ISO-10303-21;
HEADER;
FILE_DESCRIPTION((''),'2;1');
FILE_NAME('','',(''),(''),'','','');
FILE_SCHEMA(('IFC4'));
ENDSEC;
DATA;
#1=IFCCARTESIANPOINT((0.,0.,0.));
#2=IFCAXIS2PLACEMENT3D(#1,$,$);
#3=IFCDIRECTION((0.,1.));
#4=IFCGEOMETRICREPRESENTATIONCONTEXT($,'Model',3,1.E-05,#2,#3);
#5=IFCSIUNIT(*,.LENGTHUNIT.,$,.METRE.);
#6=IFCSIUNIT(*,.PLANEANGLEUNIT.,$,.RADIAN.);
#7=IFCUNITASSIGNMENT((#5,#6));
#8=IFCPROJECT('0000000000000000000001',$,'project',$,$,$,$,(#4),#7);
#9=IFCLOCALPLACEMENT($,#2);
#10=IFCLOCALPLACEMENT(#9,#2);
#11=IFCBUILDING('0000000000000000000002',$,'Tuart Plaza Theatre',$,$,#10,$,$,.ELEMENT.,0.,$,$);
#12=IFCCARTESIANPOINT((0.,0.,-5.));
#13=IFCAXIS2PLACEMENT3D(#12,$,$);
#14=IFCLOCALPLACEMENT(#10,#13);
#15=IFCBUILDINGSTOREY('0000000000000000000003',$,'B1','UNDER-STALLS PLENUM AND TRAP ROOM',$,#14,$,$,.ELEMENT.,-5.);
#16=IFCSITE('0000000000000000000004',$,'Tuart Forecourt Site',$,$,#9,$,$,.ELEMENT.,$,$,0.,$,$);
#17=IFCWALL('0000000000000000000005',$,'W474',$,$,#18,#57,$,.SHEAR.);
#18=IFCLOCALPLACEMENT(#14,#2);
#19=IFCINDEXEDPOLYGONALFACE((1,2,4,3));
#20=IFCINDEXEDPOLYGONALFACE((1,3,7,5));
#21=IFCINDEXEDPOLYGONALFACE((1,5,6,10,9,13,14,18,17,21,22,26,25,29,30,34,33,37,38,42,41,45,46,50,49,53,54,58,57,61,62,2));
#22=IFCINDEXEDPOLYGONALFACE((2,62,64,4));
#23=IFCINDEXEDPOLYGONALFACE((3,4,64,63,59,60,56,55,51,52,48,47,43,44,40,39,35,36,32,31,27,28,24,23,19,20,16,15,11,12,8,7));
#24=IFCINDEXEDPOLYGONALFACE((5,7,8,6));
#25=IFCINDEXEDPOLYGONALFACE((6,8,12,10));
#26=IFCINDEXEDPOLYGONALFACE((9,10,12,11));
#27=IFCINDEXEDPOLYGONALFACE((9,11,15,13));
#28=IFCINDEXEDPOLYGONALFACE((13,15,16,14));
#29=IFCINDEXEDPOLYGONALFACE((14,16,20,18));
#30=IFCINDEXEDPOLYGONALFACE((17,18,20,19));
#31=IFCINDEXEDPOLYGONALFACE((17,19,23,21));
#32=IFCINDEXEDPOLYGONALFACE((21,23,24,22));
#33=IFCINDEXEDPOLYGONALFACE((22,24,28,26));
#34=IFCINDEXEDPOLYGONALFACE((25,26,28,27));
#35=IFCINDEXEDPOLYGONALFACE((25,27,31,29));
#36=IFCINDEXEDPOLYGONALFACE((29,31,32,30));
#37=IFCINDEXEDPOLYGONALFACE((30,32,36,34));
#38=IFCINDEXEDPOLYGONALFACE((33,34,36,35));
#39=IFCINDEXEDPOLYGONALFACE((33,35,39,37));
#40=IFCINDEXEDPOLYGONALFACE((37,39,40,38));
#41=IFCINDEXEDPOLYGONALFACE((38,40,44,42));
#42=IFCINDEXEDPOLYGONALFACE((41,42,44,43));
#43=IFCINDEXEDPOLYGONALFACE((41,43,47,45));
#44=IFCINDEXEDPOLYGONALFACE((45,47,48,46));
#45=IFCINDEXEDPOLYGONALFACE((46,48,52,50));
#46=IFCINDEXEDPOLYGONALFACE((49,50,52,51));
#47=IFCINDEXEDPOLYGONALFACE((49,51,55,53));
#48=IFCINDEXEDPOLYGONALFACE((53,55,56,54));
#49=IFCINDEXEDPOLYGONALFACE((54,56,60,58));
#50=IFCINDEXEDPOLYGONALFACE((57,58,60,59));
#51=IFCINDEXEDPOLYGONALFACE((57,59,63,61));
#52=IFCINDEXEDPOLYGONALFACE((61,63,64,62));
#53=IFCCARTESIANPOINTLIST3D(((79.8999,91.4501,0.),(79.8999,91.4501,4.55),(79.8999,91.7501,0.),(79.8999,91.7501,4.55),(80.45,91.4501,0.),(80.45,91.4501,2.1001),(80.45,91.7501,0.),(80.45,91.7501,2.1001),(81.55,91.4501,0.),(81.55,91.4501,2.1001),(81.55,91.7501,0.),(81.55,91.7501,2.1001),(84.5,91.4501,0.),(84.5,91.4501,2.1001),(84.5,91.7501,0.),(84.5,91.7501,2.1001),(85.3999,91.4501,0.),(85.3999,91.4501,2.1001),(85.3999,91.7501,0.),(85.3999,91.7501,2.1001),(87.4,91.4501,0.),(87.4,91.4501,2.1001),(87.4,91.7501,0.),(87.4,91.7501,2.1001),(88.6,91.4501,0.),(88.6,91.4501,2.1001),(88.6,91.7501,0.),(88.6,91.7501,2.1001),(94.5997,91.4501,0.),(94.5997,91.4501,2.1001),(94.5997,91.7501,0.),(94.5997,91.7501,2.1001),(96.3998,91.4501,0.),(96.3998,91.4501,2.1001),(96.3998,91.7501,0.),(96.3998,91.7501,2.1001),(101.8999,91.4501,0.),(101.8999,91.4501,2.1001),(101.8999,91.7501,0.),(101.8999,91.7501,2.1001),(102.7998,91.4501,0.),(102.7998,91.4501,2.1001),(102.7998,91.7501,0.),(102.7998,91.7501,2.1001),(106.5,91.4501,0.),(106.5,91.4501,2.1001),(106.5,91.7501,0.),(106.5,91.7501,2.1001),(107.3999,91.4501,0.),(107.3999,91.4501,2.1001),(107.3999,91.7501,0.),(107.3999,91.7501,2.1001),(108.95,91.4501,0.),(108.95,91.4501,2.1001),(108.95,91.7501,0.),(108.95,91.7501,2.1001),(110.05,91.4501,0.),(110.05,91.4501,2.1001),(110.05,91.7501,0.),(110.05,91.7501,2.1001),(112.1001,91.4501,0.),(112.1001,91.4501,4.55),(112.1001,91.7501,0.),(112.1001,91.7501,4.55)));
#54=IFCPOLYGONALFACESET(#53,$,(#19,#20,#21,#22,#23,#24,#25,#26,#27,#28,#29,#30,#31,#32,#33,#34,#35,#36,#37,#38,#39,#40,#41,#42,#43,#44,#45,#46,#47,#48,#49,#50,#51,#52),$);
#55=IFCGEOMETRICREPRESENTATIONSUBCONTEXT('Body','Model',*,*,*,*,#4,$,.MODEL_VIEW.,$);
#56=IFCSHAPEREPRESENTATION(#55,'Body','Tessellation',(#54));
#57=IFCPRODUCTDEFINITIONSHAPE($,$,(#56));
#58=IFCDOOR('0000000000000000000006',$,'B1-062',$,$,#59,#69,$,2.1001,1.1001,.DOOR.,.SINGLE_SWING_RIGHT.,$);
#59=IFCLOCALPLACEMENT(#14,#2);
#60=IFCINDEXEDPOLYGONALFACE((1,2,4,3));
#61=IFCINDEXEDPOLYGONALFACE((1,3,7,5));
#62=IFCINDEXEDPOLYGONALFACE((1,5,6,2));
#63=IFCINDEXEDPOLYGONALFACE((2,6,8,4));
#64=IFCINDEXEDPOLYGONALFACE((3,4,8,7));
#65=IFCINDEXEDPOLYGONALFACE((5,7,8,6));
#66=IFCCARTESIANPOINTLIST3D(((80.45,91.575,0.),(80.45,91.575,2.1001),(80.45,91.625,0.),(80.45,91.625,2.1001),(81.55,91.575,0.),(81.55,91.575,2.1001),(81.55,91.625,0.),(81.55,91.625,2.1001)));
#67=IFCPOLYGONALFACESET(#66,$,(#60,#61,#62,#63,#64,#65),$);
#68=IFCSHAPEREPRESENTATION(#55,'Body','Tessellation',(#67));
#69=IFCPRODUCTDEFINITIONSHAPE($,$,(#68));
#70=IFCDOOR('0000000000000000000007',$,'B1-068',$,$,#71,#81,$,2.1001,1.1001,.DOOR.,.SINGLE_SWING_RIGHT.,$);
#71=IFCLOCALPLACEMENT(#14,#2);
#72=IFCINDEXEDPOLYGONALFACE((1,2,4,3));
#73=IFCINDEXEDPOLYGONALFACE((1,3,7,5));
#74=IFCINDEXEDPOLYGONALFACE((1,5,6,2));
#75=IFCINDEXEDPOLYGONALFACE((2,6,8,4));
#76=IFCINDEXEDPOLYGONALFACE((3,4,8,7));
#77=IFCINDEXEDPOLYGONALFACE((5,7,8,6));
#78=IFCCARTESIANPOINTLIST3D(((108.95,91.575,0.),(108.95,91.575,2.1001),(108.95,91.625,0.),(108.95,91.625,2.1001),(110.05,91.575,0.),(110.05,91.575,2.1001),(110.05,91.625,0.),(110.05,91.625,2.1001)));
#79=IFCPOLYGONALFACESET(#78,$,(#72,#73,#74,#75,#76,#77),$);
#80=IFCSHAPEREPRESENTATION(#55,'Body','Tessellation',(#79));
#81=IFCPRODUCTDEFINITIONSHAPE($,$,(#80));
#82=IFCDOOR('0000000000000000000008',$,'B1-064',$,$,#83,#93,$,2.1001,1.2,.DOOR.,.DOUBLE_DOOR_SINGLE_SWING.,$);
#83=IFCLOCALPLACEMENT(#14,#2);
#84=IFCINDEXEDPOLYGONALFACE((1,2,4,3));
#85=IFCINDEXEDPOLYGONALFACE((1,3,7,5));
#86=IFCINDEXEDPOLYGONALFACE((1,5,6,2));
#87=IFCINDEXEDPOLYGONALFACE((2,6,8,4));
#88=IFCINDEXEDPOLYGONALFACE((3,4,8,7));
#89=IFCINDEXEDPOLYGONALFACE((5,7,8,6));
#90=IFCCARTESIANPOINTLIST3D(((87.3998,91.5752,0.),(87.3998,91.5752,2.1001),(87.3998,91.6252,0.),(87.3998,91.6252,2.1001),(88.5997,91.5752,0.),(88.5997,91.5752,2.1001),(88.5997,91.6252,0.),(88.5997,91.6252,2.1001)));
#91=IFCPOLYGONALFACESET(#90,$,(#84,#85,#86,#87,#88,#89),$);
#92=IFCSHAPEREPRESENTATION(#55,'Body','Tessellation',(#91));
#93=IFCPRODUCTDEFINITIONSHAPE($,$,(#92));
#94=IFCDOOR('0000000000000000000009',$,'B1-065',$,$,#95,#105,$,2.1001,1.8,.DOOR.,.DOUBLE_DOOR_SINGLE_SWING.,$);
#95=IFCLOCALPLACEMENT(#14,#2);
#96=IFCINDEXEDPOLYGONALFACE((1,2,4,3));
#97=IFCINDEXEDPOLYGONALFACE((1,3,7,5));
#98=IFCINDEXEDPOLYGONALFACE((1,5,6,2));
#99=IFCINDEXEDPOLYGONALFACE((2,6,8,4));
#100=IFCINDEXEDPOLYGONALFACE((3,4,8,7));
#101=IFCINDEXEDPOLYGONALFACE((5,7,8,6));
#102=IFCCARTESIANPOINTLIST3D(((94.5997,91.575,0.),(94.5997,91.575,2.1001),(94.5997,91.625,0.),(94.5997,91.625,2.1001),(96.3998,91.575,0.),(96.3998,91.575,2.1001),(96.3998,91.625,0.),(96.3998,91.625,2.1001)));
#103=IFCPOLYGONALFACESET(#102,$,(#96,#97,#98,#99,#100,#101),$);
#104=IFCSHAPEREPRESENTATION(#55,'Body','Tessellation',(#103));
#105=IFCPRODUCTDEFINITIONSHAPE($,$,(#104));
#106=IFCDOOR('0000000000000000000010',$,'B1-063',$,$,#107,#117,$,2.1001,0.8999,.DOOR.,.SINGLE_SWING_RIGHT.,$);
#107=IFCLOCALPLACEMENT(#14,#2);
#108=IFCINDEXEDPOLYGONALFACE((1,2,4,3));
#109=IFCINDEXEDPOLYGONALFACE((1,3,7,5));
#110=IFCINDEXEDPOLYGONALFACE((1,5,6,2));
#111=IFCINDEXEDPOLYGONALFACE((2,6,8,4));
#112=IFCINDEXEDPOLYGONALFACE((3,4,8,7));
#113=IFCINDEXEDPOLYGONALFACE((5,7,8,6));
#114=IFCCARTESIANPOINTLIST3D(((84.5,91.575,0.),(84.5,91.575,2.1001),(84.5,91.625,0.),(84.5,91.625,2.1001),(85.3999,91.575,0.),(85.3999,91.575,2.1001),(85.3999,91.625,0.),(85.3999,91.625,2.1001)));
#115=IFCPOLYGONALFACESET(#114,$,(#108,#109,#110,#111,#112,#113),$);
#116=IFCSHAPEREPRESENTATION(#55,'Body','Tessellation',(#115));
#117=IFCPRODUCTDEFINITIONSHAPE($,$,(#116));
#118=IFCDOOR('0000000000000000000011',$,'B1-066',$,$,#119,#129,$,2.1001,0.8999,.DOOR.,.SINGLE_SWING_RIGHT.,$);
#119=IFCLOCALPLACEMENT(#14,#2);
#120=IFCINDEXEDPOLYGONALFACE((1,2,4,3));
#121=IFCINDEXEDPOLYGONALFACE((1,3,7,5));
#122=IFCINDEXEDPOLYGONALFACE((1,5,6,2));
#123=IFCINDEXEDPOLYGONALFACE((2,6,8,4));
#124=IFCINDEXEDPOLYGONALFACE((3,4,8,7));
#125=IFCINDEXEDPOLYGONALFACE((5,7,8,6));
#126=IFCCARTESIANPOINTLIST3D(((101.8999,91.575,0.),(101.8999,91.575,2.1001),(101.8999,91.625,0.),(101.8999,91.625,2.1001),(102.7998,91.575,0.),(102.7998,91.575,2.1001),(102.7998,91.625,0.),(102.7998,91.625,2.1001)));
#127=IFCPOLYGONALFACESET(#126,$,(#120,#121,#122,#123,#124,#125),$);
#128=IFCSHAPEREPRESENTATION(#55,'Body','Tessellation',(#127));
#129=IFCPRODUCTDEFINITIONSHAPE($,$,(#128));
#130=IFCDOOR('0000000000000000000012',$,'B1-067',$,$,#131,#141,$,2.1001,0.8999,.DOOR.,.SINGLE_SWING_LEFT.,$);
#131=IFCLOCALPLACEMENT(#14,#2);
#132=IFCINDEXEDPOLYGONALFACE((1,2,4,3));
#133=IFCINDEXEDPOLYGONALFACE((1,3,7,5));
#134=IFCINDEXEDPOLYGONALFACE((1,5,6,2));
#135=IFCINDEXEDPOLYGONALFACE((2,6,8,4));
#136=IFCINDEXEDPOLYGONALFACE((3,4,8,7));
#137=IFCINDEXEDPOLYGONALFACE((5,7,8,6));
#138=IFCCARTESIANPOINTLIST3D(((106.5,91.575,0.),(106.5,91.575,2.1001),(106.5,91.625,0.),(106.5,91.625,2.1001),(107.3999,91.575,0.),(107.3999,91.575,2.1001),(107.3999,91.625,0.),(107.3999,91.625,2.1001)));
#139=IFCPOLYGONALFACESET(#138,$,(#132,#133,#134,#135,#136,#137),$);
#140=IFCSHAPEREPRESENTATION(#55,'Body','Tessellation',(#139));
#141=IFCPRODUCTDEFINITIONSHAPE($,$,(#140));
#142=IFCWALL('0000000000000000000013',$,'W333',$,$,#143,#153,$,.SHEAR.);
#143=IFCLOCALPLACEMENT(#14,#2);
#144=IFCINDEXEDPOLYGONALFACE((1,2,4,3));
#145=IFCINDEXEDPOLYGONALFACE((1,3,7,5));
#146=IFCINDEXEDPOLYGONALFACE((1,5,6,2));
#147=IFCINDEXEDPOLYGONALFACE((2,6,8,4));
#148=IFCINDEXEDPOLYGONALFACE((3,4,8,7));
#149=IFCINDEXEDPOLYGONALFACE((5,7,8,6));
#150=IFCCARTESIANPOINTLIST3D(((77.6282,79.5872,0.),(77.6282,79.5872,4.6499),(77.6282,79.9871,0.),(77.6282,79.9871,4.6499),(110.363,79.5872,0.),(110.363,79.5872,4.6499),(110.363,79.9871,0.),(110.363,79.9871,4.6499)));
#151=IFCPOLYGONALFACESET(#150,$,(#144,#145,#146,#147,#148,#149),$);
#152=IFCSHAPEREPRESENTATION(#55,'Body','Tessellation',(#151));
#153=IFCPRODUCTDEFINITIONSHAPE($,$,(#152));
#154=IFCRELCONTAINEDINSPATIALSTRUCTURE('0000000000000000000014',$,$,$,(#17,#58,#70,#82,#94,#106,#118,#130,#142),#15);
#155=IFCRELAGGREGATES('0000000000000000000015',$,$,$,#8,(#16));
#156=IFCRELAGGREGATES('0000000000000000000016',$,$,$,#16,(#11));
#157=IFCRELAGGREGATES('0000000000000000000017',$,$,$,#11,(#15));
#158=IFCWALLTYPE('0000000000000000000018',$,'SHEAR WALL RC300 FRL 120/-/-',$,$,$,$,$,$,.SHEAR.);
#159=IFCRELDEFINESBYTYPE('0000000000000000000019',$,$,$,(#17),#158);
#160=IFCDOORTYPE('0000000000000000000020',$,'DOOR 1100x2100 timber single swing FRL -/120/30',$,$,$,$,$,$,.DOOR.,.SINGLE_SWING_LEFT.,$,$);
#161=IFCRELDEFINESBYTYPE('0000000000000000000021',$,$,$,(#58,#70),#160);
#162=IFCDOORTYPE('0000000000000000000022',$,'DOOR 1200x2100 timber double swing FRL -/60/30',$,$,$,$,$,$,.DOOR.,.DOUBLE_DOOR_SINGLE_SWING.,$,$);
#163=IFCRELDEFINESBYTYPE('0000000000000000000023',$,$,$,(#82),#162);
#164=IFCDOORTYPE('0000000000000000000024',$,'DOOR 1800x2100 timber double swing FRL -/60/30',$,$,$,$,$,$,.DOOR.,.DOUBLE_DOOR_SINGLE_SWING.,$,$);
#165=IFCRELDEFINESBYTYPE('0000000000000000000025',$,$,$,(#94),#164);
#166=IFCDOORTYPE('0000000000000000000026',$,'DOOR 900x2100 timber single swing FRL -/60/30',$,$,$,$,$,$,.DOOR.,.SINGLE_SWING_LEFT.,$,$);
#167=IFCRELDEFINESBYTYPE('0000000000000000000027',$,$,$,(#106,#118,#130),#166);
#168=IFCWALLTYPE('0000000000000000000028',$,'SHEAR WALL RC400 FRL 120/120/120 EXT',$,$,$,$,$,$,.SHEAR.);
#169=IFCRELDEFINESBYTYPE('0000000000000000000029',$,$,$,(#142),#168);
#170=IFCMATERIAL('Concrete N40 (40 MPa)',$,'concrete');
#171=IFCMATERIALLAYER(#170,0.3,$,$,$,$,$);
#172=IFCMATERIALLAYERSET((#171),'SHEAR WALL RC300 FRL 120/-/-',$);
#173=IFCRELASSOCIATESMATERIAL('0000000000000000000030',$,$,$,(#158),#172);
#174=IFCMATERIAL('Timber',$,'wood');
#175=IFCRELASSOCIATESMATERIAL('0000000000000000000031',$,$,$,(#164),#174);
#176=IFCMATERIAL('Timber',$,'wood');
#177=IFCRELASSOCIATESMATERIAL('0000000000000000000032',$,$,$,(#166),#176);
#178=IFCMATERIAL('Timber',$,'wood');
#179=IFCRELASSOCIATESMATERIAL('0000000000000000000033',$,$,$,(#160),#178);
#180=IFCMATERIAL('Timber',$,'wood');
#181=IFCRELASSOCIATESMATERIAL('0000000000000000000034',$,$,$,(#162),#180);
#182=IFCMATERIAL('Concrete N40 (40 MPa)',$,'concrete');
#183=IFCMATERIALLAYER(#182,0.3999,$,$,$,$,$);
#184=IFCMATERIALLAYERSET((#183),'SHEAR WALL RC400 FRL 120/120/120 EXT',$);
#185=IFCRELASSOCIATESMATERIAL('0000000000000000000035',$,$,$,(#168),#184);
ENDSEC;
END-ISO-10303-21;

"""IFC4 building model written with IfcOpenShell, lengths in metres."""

from ifc_helpers import new_model, si_unit, direction, frame, frame_2d, origin, place, context, subcontext, project, spatial, rectangle, extrude, material, layer, layer_set, type_object, element, fill, save


model = new_model("IFC4")

# Units and contexts
model_context = context("Model", 3, precision=1e-05, world=origin(), true_north=direction((0.0, 1.0)))
body_context = subcontext(model_context, "Body", "Model", "MODEL_VIEW")
ifc_project = project(units=[si_unit("LENGTHUNIT", "METRE"), si_unit("PLANEANGLEUNIT", "RADIAN")], contexts=[model_context])

# Site, building, storey
site_placement = place(None, origin())
site = spatial("IfcSite", under=ifc_project, at=site_placement, Name="Tuart Forecourt Site", CompositionType="ELEMENT", RefElevation=0.0)
building_placement = place(site_placement, origin())
building = spatial("IfcBuilding", under=site, at=building_placement, Name="Tuart Plaza Theatre", CompositionType="ELEMENT", ElevationOfRefHeight=0.0)
storey_placement = place(building_placement, frame((0.0, 0.0, -5.0)))
storey = spatial("IfcBuildingStorey", under=building, at=storey_placement, Name="B1", Description="UNDER-STALLS PLENUM AND TRAP ROOM", CompositionType="ELEMENT", Elevation=-5.0)

# Wall, openings, doors
ifc_material_1 = material(Name="Concrete N40 (40 MPa)", Category="concrete")
ifc_layer_1 = layer(ifc_material_1, 0.3)
ifc_layer_set_1 = layer_set([ifc_layer_1], Name="SHEAR WALL RC300 FRL 120/-/-")
wall_type_1 = type_object("IfcWallType", Name="SHEAR WALL RC300 FRL 120/-/-", PredefinedType="SHEAR", material=ifc_layer_set_1)
ifc_material_2 = material(Name="Timber", Category="wood")
door_type_1 = type_object("IfcDoorType", Name="DOOR 1800x2100 timber double swing FRL -/60/30", OperationType="DOUBLE_DOOR_SINGLE_SWING", PredefinedType="DOOR", material=ifc_material_2)
ifc_material_3 = material(Name="Timber", Category="wood")
door_type_2 = type_object("IfcDoorType", Name="DOOR 900x2100 timber single swing FRL -/60/30", OperationType="SINGLE_SWING_LEFT", PredefinedType="DOOR", material=ifc_material_3)
wall_1_placement = place(storey_placement, frame((79.8999, 91.6001, 0.0), z_axis=(0.0, 0.0, 1.0), x_axis=(1.0, 0.0, 0.0)))
wall_1 = element("IfcWall", 1, at=wall_1_placement, inside=storey, type_object=wall_type_1, Name="W474", PredefinedType="SHEAR", context=body_context, shape_type="SweptSolid", body=[
    extrude(rectangle(XDim=32.2002, YDim=0.3, at=frame_2d((16.1001, 0.0))), origin(), (0.0, 0.0, 1.0), 4.55),
])
opening_1_placement = place(wall_1_placement, frame((0.55, 0.0, 0.0)))
opening_1 = element("IfcOpeningElement", 2, at=opening_1_placement, cuts=wall_1, PredefinedType="OPENING", context=body_context, shape_type="SweptSolid", body=[
    extrude(rectangle(XDim=1.1001, YDim=2.1001, at=frame_2d((0.55, 1.05))), frame((0.0, 0.1599, 0.0), z_axis=(0.0, -1.0, 0.0), x_axis=(1.0, 0.0, 0.0)), (0.0, 0.0, 1.0), 0.3201),
])
opening_2_placement = place(wall_1_placement, frame((4.6001, 0.0, 0.0)))
opening_2 = element("IfcOpeningElement", 3, at=opening_2_placement, cuts=wall_1, PredefinedType="OPENING", context=body_context, shape_type="SweptSolid", body=[
    extrude(rectangle(XDim=0.8999, YDim=2.1001, at=frame_2d((0.45, 1.05))), frame((0.0, 0.1599, 0.0), z_axis=(0.0, -1.0, 0.0), x_axis=(1.0, 0.0, 0.0)), (0.0, 0.0, 1.0), 0.3201),
])
opening_3_placement = place(wall_1_placement, frame((7.5, 0.0, 0.0)))
opening_3 = element("IfcOpeningElement", 4, at=opening_3_placement, cuts=wall_1, PredefinedType="OPENING", context=body_context, shape_type="SweptSolid", body=[
    extrude(rectangle(XDim=1.2, YDim=2.1001, at=frame_2d((0.6001, 1.05))), frame((0.0, 0.1599, 0.0), z_axis=(0.0, -1.0, 0.0), x_axis=(1.0, 0.0, 0.0)), (0.0, 0.0, 1.0), 0.3201),
])
opening_4_placement = place(wall_1_placement, frame((14.7, 0.0, 0.0)))
opening_4 = element("IfcOpeningElement", 5, at=opening_4_placement, cuts=wall_1, PredefinedType="OPENING", context=body_context, shape_type="SweptSolid", body=[
    extrude(rectangle(XDim=1.8, YDim=2.1001, at=frame_2d((0.8999, 1.05))), frame((0.0, 0.1599, 0.0), z_axis=(0.0, -1.0, 0.0), x_axis=(1.0, 0.0, 0.0)), (0.0, 0.0, 1.0), 0.3201),
])
opening_5_placement = place(wall_1_placement, frame((22.0, 0.0, 0.0)))
opening_5 = element("IfcOpeningElement", 6, at=opening_5_placement, cuts=wall_1, PredefinedType="OPENING", context=body_context, shape_type="SweptSolid", body=[
    extrude(rectangle(XDim=0.8999, YDim=2.1001, at=frame_2d((0.45, 1.05))), frame((0.0, 0.1599, 0.0), z_axis=(0.0, -1.0, 0.0), x_axis=(1.0, 0.0, 0.0)), (0.0, 0.0, 1.0), 0.3201),
])
opening_6_placement = place(wall_1_placement, frame((26.6001, 0.0, 0.0)))
opening_6 = element("IfcOpeningElement", 7, at=opening_6_placement, cuts=wall_1, PredefinedType="OPENING", context=body_context, shape_type="SweptSolid", body=[
    extrude(rectangle(XDim=0.8999, YDim=2.1001, at=frame_2d((0.45, 1.05))), frame((0.0, 0.1599, 0.0), z_axis=(0.0, -1.0, 0.0), x_axis=(1.0, 0.0, 0.0)), (0.0, 0.0, 1.0), 0.3201),
])
opening_7_placement = place(wall_1_placement, frame((29.05, 0.0, 0.0)))
opening_7 = element("IfcOpeningElement", 8, at=opening_7_placement, cuts=wall_1, PredefinedType="OPENING", context=body_context, shape_type="SweptSolid", body=[
    extrude(rectangle(XDim=1.1001, YDim=2.1001, at=frame_2d((0.55, 1.05))), frame((0.0, 0.1599, 0.0), z_axis=(0.0, -1.0, 0.0), x_axis=(1.0, 0.0, 0.0)), (0.0, 0.0, 1.0), 0.3201),
])
ifc_material_4 = material(Name="Timber", Category="wood")
door_type_3 = type_object("IfcDoorType", Name="DOOR 1100x2100 timber single swing FRL -/120/30", OperationType="SINGLE_SWING_LEFT", PredefinedType="DOOR", material=ifc_material_4)
door_1_placement = place(opening_1_placement, origin())
door_1 = element("IfcDoor", 9, at=door_1_placement, inside=storey, type_object=door_type_3, Name="B1-062", OperationType="SINGLE_SWING_RIGHT", OverallHeight=2.1001, OverallWidth=1.1001, PredefinedType="DOOR", context=body_context, shape_type="SweptSolid", body=[
    extrude(rectangle(XDim=1.1001, YDim=2.1001, at=frame_2d((0.55, 1.05))), frame((0.0, 0.0249, 0.0), z_axis=(0.0, -1.0, 0.0), x_axis=(1.0, 0.0, 0.0)), (0.0, 0.0, 1.0), 0.05),
])
fill(opening_1, door_1)
door_2_placement = place(opening_7_placement, origin())
door_2 = element("IfcDoor", 10, at=door_2_placement, inside=storey, type_object=door_type_3, Name="B1-068", OperationType="SINGLE_SWING_RIGHT", OverallHeight=2.1001, OverallWidth=1.1001, PredefinedType="DOOR", context=body_context, shape_type="SweptSolid", body=[
    extrude(rectangle(XDim=1.1001, YDim=2.1001, at=frame_2d((0.55, 1.05))), frame((0.0, 0.0249, 0.0), z_axis=(0.0, -1.0, 0.0), x_axis=(1.0, 0.0, 0.0)), (0.0, 0.0, 1.0), 0.05),
])
fill(opening_7, door_2)
ifc_material_5 = material(Name="Timber", Category="wood")
door_type_4 = type_object("IfcDoorType", Name="DOOR 1200x2100 timber double swing FRL -/60/30", OperationType="DOUBLE_DOOR_SINGLE_SWING", PredefinedType="DOOR", material=ifc_material_5)
door_3_placement = place(opening_3_placement, frame((1.2, 0.0, 0.0), z_axis=(0.0, 0.0, 1.0), x_axis=(-1.0, 0.0, 0.0)))
door_3 = element("IfcDoor", 11, at=door_3_placement, inside=storey, type_object=door_type_4, Name="B1-064", OperationType="DOUBLE_DOOR_SINGLE_SWING", OverallHeight=2.1001, OverallWidth=1.2, PredefinedType="DOOR", context=body_context, shape_type="SweptSolid", body=[
    extrude(rectangle(XDim=1.2, YDim=2.1001, at=frame_2d((0.6001, 1.05))), frame((0.0, 0.0249, 0.0), z_axis=(0.0, -1.0, 0.0), x_axis=(1.0, 0.0, 0.0)), (0.0, 0.0, 1.0), 0.05),
])
fill(opening_3, door_3)
door_4_placement = place(opening_4_placement, origin())
door_4 = element("IfcDoor", 12, at=door_4_placement, inside=storey, type_object=door_type_1, Name="B1-065", OperationType="DOUBLE_DOOR_SINGLE_SWING", OverallHeight=2.1001, OverallWidth=1.8, PredefinedType="DOOR", context=body_context, shape_type="SweptSolid", body=[
    extrude(rectangle(XDim=1.8, YDim=2.1001, at=frame_2d((0.8999, 1.05))), frame((0.0, 0.0249, 0.0), z_axis=(0.0, -1.0, 0.0), x_axis=(1.0, 0.0, 0.0)), (0.0, 0.0, 1.0), 0.05),
])
fill(opening_4, door_4)
door_5_placement = place(opening_2_placement, origin())
door_5 = element("IfcDoor", 13, at=door_5_placement, inside=storey, type_object=door_type_2, Name="B1-063", OperationType="SINGLE_SWING_RIGHT", OverallHeight=2.1001, OverallWidth=0.8999, PredefinedType="DOOR", context=body_context, shape_type="SweptSolid", body=[
    extrude(rectangle(XDim=0.8999, YDim=2.1001, at=frame_2d((0.45, 1.05))), frame((0.0, 0.0249, 0.0), z_axis=(0.0, -1.0, 0.0), x_axis=(1.0, 0.0, 0.0)), (0.0, 0.0, 1.0), 0.05),
])
fill(opening_2, door_5)
door_6_placement = place(opening_5_placement, origin())
door_6 = element("IfcDoor", 14, at=door_6_placement, inside=storey, type_object=door_type_2, Name="B1-066", OperationType="SINGLE_SWING_RIGHT", OverallHeight=2.1001, OverallWidth=0.8999, PredefinedType="DOOR", context=body_context, shape_type="SweptSolid", body=[
    extrude(rectangle(XDim=0.8999, YDim=2.1001, at=frame_2d((0.45, 1.05))), frame((0.0, 0.0249, 0.0), z_axis=(0.0, -1.0, 0.0), x_axis=(1.0, 0.0, 0.0)), (0.0, 0.0, 1.0), 0.05),
])
fill(opening_5, door_6)
door_7_placement = place(opening_6_placement, origin())
door_7 = element("IfcDoor", 15, at=door_7_placement, inside=storey, type_object=door_type_2, Name="B1-067", OperationType="SINGLE_SWING_LEFT", OverallHeight=2.1001, OverallWidth=0.8999, PredefinedType="DOOR", context=body_context, shape_type="SweptSolid", body=[
    extrude(rectangle(XDim=0.8999, YDim=2.1001, at=frame_2d((0.45, 1.05))), frame((0.0, 0.0249, 0.0), z_axis=(0.0, -1.0, 0.0), x_axis=(1.0, 0.0, 0.0)), (0.0, 0.0, 1.0), 0.05),
])
fill(opening_6, door_7)

# Wall
ifc_material_6 = material(Name="Concrete N40 (40 MPa)", Category="concrete")
ifc_layer_2 = layer(ifc_material_6, 0.3999)
ifc_layer_set_2 = layer_set([ifc_layer_2], Name="SHEAR WALL RC400 FRL 120/120/120 EXT")
wall_type_2 = type_object("IfcWallType", Name="SHEAR WALL RC400 FRL 120/120/120 EXT", PredefinedType="SHEAR", material=ifc_layer_set_2)
wall_2_placement = place(storey_placement, frame((77.6282, 79.7871, 0.0), z_axis=(0.0, 0.0, 1.0), x_axis=(1.0, 0.0, 0.0)))
element("IfcWall", 16, at=wall_2_placement, inside=storey, type_object=wall_type_2, Name="W333", PredefinedType="SHEAR", context=body_context, shape_type="SweptSolid", body=[
    extrude(rectangle(XDim=32.7349, YDim=0.3999, at=frame_2d((16.3674, 0.0))), origin(), (0.0, 0.0, 1.0), 4.6499),
])

save(model, "model.ifc")
